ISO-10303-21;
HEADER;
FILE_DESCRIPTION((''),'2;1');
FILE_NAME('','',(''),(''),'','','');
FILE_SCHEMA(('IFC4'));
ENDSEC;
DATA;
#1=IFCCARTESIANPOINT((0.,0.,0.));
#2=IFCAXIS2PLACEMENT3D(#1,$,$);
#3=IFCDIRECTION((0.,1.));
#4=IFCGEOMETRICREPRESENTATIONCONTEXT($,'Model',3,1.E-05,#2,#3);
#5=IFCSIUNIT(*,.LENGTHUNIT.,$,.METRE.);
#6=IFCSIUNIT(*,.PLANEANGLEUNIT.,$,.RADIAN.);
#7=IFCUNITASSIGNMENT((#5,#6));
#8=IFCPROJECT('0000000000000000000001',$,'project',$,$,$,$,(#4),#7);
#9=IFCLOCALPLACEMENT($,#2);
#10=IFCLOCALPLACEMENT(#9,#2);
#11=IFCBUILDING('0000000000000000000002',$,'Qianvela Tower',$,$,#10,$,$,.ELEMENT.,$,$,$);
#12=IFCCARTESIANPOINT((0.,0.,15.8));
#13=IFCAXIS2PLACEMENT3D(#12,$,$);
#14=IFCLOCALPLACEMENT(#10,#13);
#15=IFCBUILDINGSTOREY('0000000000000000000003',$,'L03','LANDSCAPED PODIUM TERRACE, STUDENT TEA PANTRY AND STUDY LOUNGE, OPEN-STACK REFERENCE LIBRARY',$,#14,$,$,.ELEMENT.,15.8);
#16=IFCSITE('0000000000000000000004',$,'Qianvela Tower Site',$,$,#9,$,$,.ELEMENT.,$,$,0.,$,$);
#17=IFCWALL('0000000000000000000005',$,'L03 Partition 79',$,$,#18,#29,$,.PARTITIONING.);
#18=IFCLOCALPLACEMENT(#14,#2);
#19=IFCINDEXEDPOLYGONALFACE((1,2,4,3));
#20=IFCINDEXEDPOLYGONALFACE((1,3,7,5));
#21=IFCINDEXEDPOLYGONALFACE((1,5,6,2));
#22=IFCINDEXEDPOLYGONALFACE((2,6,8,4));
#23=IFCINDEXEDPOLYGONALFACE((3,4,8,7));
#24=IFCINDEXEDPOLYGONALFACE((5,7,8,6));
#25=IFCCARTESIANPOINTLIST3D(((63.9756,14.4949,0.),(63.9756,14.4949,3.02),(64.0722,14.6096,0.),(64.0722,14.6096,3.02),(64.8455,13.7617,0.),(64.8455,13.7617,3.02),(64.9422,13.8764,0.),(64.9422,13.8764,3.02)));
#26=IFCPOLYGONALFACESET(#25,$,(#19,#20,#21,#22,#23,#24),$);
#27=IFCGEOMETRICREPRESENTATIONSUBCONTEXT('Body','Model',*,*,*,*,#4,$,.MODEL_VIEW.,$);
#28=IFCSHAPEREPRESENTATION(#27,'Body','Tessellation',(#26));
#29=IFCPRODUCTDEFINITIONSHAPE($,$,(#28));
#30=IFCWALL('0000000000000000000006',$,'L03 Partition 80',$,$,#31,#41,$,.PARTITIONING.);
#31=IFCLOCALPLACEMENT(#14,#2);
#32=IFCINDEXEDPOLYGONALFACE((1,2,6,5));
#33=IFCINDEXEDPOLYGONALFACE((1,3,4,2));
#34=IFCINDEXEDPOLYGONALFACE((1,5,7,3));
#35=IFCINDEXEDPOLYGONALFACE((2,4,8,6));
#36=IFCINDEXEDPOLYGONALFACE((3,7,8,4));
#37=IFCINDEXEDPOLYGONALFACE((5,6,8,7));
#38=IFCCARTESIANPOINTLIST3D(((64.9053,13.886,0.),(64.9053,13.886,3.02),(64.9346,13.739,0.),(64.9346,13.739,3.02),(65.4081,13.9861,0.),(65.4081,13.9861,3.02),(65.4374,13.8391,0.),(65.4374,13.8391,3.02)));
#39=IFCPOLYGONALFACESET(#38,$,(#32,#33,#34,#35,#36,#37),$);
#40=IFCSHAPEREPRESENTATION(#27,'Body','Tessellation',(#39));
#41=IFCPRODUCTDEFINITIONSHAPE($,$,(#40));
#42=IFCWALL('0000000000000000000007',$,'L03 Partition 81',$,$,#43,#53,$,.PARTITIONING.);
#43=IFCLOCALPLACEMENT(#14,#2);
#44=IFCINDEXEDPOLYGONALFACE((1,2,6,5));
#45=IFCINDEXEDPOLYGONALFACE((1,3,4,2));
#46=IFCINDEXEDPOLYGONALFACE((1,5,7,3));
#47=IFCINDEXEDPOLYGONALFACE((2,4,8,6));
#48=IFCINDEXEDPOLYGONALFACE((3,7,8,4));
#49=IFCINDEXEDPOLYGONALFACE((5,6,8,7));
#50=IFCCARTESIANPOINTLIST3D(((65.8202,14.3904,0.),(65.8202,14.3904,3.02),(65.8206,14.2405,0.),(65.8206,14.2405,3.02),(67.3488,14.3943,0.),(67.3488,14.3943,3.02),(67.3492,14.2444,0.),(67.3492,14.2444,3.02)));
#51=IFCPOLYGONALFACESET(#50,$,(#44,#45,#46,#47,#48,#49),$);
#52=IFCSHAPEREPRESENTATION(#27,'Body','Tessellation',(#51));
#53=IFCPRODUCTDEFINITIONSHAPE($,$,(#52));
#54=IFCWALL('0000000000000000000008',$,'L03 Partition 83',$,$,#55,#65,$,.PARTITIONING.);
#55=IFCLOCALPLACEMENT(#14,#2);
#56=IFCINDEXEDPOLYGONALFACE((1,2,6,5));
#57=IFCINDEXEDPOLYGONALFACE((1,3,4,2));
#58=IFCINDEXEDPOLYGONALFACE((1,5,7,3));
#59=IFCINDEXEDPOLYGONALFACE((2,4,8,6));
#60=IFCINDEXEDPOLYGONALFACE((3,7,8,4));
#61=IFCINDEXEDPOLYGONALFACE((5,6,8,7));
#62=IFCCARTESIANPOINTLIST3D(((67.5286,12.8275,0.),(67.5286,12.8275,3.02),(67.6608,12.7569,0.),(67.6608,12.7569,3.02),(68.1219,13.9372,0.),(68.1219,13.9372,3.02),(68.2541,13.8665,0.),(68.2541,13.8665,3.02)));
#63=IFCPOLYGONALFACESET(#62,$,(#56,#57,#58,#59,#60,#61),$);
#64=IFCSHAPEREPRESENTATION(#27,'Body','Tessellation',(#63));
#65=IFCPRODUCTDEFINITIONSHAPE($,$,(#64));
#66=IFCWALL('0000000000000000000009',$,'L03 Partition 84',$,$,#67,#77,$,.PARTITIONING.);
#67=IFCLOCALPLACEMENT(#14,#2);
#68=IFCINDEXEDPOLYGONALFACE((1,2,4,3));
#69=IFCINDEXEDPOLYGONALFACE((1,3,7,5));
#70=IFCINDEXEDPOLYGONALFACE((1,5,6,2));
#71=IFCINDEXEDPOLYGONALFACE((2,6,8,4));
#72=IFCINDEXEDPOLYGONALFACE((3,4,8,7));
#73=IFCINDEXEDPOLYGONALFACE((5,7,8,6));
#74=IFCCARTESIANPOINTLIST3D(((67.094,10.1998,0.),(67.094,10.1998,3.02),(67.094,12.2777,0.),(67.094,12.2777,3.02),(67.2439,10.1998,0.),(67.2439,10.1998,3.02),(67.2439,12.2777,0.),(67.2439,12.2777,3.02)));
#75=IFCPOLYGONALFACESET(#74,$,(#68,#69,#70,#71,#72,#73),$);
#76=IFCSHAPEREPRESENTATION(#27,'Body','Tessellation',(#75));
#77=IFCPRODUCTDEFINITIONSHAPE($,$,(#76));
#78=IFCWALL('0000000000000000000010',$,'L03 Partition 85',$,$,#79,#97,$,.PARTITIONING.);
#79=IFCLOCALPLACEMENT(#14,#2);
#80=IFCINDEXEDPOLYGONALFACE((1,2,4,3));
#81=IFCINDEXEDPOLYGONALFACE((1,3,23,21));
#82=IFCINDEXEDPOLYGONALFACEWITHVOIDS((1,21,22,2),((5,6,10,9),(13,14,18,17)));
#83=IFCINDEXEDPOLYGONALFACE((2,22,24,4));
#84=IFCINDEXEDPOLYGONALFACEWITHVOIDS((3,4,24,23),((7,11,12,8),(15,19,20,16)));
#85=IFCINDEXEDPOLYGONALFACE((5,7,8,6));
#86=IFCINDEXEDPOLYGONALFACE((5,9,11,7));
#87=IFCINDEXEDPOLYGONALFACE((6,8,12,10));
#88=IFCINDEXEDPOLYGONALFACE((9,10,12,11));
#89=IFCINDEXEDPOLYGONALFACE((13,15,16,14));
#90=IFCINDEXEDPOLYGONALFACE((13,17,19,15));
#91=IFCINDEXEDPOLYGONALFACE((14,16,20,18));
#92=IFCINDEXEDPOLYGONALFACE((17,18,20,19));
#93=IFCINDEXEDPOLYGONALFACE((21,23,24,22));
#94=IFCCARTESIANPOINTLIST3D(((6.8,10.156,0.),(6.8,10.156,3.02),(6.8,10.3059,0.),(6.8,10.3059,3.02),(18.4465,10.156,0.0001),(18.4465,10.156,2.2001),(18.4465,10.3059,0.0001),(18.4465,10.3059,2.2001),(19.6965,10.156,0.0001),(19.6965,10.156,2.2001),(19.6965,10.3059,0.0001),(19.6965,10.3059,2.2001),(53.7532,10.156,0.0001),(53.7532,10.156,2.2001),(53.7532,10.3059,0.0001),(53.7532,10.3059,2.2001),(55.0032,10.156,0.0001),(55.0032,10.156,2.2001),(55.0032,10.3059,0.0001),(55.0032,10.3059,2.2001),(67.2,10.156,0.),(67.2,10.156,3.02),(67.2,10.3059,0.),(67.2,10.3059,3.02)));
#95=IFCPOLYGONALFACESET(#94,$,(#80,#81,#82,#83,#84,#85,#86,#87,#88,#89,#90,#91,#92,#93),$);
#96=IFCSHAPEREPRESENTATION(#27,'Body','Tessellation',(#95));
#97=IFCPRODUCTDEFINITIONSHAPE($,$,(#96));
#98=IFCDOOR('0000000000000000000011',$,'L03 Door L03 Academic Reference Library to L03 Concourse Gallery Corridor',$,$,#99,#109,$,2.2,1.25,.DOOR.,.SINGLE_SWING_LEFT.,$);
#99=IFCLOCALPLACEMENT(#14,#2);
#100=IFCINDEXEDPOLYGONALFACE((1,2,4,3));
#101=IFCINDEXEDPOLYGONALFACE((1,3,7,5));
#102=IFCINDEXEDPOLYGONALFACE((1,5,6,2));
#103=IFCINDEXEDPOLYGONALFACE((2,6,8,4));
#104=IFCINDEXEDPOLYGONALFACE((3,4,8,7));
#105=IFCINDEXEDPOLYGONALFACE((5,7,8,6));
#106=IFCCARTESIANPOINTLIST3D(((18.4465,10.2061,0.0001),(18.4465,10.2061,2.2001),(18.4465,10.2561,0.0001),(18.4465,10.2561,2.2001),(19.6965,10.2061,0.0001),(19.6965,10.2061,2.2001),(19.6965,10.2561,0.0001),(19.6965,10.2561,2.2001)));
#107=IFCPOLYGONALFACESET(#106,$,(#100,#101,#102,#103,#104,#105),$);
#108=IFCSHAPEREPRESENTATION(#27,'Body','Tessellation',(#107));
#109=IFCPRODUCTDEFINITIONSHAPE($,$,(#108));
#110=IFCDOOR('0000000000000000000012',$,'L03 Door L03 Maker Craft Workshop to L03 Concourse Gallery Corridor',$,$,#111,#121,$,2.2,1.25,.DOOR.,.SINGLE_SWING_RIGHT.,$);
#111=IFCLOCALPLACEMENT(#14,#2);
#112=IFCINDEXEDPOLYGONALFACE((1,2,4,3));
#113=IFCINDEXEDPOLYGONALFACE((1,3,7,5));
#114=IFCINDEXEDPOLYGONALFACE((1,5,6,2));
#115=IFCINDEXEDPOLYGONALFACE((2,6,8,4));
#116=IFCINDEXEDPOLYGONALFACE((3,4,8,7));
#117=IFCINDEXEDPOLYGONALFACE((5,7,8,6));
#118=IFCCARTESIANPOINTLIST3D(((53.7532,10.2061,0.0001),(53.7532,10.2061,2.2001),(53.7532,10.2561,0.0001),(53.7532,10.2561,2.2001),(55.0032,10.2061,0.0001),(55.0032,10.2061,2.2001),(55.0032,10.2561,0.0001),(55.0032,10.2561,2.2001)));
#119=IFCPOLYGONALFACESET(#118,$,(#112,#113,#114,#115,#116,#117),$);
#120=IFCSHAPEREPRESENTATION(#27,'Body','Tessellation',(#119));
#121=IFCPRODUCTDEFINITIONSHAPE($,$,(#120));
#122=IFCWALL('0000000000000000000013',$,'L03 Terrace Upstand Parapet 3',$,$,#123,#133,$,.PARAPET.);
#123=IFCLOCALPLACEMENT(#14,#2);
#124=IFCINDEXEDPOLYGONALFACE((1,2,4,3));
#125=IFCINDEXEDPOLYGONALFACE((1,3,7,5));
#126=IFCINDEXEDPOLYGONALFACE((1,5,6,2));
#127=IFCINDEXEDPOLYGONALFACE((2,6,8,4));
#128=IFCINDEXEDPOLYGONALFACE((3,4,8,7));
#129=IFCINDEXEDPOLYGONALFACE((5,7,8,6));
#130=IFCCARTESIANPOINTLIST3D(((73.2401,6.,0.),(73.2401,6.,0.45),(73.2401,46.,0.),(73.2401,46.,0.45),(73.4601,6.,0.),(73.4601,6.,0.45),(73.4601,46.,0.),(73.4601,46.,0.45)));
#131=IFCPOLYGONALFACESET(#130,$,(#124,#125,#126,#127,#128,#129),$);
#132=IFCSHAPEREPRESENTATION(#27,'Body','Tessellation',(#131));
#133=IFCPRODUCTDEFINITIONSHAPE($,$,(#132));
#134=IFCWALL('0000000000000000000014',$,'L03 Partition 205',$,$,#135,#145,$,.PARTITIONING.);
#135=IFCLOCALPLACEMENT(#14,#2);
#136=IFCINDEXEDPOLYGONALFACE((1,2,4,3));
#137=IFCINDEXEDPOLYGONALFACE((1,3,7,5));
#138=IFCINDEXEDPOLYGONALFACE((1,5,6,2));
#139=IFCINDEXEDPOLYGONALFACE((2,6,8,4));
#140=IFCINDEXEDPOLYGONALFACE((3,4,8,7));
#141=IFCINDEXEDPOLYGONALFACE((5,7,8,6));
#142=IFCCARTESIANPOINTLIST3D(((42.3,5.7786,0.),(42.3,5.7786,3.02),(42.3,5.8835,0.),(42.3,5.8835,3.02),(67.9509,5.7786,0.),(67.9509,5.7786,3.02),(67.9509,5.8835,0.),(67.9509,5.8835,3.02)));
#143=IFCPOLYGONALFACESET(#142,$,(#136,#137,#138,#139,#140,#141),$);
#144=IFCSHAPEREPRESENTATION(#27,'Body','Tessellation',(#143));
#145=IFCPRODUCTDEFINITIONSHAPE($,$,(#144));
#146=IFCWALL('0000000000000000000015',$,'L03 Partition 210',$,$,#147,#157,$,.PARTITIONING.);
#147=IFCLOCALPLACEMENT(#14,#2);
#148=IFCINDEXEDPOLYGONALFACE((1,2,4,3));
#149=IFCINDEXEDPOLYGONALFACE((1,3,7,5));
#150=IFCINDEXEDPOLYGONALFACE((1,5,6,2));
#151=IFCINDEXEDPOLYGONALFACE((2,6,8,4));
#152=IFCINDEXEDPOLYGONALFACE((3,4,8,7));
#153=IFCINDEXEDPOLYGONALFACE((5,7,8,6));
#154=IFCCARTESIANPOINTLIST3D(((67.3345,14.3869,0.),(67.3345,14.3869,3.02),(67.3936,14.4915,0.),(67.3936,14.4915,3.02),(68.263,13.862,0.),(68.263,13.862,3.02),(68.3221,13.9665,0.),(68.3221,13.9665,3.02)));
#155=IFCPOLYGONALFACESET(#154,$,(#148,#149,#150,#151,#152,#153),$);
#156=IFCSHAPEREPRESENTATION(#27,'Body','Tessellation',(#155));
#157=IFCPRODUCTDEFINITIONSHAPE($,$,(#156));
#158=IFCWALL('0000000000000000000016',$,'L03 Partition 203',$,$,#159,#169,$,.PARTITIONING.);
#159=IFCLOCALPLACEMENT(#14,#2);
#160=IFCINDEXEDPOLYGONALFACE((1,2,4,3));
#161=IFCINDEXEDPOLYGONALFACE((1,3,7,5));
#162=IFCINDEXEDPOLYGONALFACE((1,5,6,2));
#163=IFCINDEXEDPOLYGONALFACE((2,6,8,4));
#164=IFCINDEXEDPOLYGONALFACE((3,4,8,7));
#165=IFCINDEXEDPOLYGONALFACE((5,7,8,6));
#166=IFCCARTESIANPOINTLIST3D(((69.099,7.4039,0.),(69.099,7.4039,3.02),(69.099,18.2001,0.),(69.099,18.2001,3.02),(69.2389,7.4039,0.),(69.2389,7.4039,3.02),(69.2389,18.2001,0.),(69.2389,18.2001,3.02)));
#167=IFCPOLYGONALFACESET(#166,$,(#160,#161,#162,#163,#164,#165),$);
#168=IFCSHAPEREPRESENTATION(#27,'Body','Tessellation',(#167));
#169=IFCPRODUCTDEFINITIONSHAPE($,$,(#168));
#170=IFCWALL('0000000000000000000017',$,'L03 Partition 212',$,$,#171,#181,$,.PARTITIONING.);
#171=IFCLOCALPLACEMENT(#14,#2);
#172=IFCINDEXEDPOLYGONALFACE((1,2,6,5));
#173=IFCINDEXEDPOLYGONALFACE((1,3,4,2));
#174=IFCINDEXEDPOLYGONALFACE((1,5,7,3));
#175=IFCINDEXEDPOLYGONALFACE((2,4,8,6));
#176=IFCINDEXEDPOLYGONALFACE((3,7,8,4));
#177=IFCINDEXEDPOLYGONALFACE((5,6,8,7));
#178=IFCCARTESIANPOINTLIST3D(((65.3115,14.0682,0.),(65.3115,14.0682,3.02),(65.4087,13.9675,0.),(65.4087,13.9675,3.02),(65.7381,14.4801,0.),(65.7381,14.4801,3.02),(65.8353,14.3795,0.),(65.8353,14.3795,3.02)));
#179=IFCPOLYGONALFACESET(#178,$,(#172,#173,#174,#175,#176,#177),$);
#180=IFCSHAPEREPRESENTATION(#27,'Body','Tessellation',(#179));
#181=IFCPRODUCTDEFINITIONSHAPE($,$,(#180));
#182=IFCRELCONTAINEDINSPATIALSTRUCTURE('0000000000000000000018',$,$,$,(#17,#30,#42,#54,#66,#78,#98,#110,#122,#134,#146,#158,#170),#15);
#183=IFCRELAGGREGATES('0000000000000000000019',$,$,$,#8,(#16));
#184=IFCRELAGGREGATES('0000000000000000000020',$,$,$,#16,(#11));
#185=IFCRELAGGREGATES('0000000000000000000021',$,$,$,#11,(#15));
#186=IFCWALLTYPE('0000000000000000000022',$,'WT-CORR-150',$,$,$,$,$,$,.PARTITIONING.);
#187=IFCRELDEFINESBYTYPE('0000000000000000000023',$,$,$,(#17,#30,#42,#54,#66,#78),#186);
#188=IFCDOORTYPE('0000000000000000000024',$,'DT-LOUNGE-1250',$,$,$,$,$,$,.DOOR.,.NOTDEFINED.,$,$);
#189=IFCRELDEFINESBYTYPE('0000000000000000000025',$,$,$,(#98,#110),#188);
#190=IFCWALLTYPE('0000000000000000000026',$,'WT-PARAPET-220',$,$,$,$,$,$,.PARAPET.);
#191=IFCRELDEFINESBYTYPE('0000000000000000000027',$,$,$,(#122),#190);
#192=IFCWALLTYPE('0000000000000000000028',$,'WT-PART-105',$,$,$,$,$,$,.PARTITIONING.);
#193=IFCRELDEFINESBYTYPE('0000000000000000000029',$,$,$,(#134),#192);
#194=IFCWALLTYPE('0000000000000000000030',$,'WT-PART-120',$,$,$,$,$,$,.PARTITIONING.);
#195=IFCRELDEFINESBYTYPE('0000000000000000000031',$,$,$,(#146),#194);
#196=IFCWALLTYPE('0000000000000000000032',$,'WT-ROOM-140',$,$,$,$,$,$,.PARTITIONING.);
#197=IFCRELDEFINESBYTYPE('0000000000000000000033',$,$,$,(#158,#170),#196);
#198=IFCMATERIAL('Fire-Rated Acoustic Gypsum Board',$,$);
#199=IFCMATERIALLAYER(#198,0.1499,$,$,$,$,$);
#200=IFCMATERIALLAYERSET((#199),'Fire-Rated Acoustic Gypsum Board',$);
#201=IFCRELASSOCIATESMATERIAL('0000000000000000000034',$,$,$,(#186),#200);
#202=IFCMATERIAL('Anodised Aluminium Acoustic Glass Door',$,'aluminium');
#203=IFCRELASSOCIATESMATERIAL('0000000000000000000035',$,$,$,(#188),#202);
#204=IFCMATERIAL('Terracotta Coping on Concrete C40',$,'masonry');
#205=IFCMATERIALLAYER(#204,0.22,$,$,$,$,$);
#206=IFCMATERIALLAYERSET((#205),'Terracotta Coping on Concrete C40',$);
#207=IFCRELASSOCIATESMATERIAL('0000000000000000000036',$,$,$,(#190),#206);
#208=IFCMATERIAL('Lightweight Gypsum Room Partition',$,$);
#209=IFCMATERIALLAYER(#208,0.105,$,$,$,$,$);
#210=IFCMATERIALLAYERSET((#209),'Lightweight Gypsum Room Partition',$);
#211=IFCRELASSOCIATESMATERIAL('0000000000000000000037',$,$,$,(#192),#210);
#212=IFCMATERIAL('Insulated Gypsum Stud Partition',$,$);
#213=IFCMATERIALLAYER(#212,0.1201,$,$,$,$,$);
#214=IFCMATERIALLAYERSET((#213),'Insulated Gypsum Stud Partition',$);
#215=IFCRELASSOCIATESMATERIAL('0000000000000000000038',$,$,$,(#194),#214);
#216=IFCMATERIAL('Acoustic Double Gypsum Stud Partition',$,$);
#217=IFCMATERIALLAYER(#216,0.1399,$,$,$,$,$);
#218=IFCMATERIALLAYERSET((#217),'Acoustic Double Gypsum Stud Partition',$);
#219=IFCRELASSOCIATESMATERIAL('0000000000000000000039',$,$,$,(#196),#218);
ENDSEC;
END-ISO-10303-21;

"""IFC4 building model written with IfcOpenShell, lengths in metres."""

from ifc_helpers import new_model, si_unit, direction, frame, frame_2d, origin, place, context, subcontext, project, spatial, rectangle, extrude, material, layer, layer_set, type_object, element, fill, save


model = new_model("IFC4")

# Units and contexts
model_context = context("Model", 3, precision=1e-05, world=origin(), true_north=direction((0.0, 1.0)))
body_context = subcontext(model_context, "Body", "Model", "MODEL_VIEW")
ifc_project = project(units=[si_unit("LENGTHUNIT", "METRE"), si_unit("PLANEANGLEUNIT", "RADIAN")], contexts=[model_context])

# Site, building, storey
site_placement = place(None, origin())
site = spatial("IfcSite", under=ifc_project, at=site_placement, Name="Qianvela Tower Site", CompositionType="ELEMENT", RefElevation=0.0)
building_placement = place(site_placement, origin())
building = spatial("IfcBuilding", under=site, at=building_placement, Name="Qianvela Tower", CompositionType="ELEMENT")
storey_placement = place(building_placement, frame((0.0, 0.0, 15.8)))
storey = spatial("IfcBuildingStorey", under=building, at=storey_placement, Name="L03", Description="LANDSCAPED PODIUM TERRACE, STUDENT TEA PANTRY AND STUDY LOUNGE, OPEN-STACK REFERENCE LIBRARY", CompositionType="ELEMENT", Elevation=15.8)

# Walls
ifc_material_1 = material(Name="Fire-Rated Acoustic Gypsum Board")
ifc_layer_1 = layer(ifc_material_1, 0.1499)
ifc_layer_set_1 = layer_set([ifc_layer_1], Name="Fire-Rated Acoustic Gypsum Board")
wall_type_1 = type_object("IfcWallType", Name="WT-CORR-150", PredefinedType="PARTITIONING", material=ifc_layer_set_1)
wall_1_placement = place(storey_placement, frame((64.0239, 14.5522, 0.0), z_axis=(0.0, 0.0, 1.0), x_axis=(0.764638, -0.64446, 0.0)))
element("IfcWall", 1, at=wall_1_placement, inside=storey, type_object=wall_type_1, Name="L03 Partition 79", PredefinedType="PARTITIONING", context=body_context, shape_type="SweptSolid", body=[
    extrude(rectangle(XDim=1.1377, YDim=0.1499, at=frame_2d((0.5688, 0.0))), origin(), (0.0, 0.0, 1.0), 3.02),
])
wall_2_placement = place(storey_placement, frame((64.9199, 13.8125, 0.0), z_axis=(0.0, 0.0, 1.0), x_axis=(0.980763, 0.1952, 0.0)))
element("IfcWall", 2, at=wall_2_placement, inside=storey, type_object=wall_type_1, Name="L03 Partition 80", PredefinedType="PARTITIONING", context=body_context, shape_type="SweptSolid", body=[
    extrude(rectangle(XDim=0.5127, YDim=0.1499, at=frame_2d((0.2563, 0.0))), origin(), (0.0, 0.0, 1.0), 3.02),
])
wall_3_placement = place(storey_placement, frame((65.8206, 14.3154, 0.0), z_axis=(0.0, 0.0, 1.0), x_axis=(0.999997, 0.002555, 0.0)))
element("IfcWall", 3, at=wall_3_placement, inside=storey, type_object=wall_type_1, Name="L03 Partition 81", PredefinedType="PARTITIONING", context=body_context, shape_type="SweptSolid", body=[
    extrude(rectangle(XDim=1.5286, YDim=0.1499, at=frame_2d((0.7642, 0.0))), origin(), (0.0, 0.0, 1.0), 3.02),
])
wall_4_placement = place(storey_placement, frame((68.188, 13.9019, 0.0), z_axis=(0.0, 0.0, 1.0), x_axis=(-0.471494, -0.881869, 0.0)))
element("IfcWall", 4, at=wall_4_placement, inside=storey, type_object=wall_type_1, Name="L03 Partition 83", PredefinedType="PARTITIONING", context=body_context, shape_type="SweptSolid", body=[
    extrude(rectangle(XDim=1.2583, YDim=0.1499, at=frame_2d((0.6292, 0.0))), origin(), (0.0, 0.0, 1.0), 3.02),
])
wall_5_placement = place(storey_placement, frame((67.1689, 12.2778, 0.0), z_axis=(0.0, 0.0, 1.0), x_axis=(0.0, -1.0, 0.0)))
element("IfcWall", 5, at=wall_5_placement, inside=storey, type_object=wall_type_1, Name="L03 Partition 84", PredefinedType="PARTITIONING", context=body_context, shape_type="SweptSolid", body=[
    extrude(rectangle(XDim=2.0779, YDim=0.1499, at=frame_2d((1.0391, 0.0))), origin(), (0.0, 0.0, 1.0), 3.02),
])

# Wall, openings, doors
wall_6_placement = place(storey_placement, frame((67.2, 10.231, 0.0), z_axis=(0.0, 0.0, 1.0), x_axis=(-1.0, 0.0, 0.0)))
wall_6 = element("IfcWall", 6, at=wall_6_placement, inside=storey, type_object=wall_type_1, Name="L03 Partition 85", PredefinedType="PARTITIONING", context=body_context, shape_type="SweptSolid", body=[
    extrude(rectangle(XDim=60.3999, YDim=0.1499, at=frame_2d((30.2, 0.0))), origin(), (0.0, 0.0, 1.0), 3.02),
])
opening_1_placement = place(wall_6_placement, frame((47.5034, 0.0, 0.0)))
opening_1 = element("IfcOpeningElement", 7, at=opening_1_placement, cuts=wall_6, PredefinedType="OPENING", context=body_context, shape_type="SweptSolid", body=[
    extrude(rectangle(XDim=1.25, YDim=2.2, at=frame_2d((0.625, 1.1001))), frame((0.0, 0.085, 0.0), z_axis=(0.0, -1.0, 0.0), x_axis=(1.0, 0.0, 0.0)), (0.0, 0.0, 1.0), 0.1699),
])
opening_2_placement = place(wall_6_placement, frame((12.1968, 0.0, 0.0)))
opening_2 = element("IfcOpeningElement", 8, at=opening_2_placement, cuts=wall_6, PredefinedType="OPENING", context=body_context, shape_type="SweptSolid", body=[
    extrude(rectangle(XDim=1.25, YDim=2.2, at=frame_2d((0.625, 1.1001))), frame((0.0, 0.085, 0.0), z_axis=(0.0, -1.0, 0.0), x_axis=(1.0, 0.0, 0.0)), (0.0, 0.0, 1.0), 0.1699),
])
ifc_material_2 = material(Name="Anodised Aluminium Acoustic Glass Door", Category="aluminium")
door_type_1 = type_object("IfcDoorType", Name="DT-LOUNGE-1250", OperationType="NOTDEFINED", PredefinedType="DOOR", material=ifc_material_2)
door_1_placement = place(opening_1_placement, origin())
door_1 = element("IfcDoor", 9, at=door_1_placement, inside=storey, type_object=door_type_1, Name="L03 Door L03 Academic Reference Library to L03 Concourse Gallery Corridor", OperationType="SINGLE_SWING_LEFT", OverallHeight=2.2, OverallWidth=1.25, PredefinedType="DOOR", context=body_context, shape_type="SweptSolid", body=[
    extrude(rectangle(XDim=1.25, YDim=2.2, at=frame_2d((0.625, 1.1001))), frame((0.0, 0.0249, 0.0), z_axis=(0.0, -1.0, 0.0), x_axis=(1.0, 0.0, 0.0)), (0.0, 0.0, 1.0), 0.05),
])
fill(opening_1, door_1)
door_2_placement = place(opening_2_placement, origin())
door_2 = element("IfcDoor", 10, at=door_2_placement, inside=storey, type_object=door_type_1, Name="L03 Door L03 Maker Craft Workshop to L03 Concourse Gallery Corridor", OperationType="SINGLE_SWING_RIGHT", OverallHeight=2.2, OverallWidth=1.25, PredefinedType="DOOR", context=body_context, shape_type="SweptSolid", body=[
    extrude(rectangle(XDim=1.25, YDim=2.2, at=frame_2d((0.625, 1.1001))), frame((0.0, 0.0249, 0.0), z_axis=(0.0, -1.0, 0.0), x_axis=(1.0, 0.0, 0.0)), (0.0, 0.0, 1.0), 0.05),
])
fill(opening_2, door_2)

# Walls
ifc_material_3 = material(Name="Terracotta Coping on Concrete C40", Category="masonry")
ifc_layer_2 = layer(ifc_material_3, 0.22)
ifc_layer_set_2 = layer_set([ifc_layer_2], Name="Terracotta Coping on Concrete C40")
wall_type_2 = type_object("IfcWallType", Name="WT-PARAPET-220", PredefinedType="PARAPET", material=ifc_layer_set_2)
wall_7_placement = place(storey_placement, frame((73.3501, 6.0, 0.0), z_axis=(0.0, 0.0, 1.0), x_axis=(0.0, 1.0, 0.0)))
element("IfcWall", 11, at=wall_7_placement, inside=storey, type_object=wall_type_2, Name="L03 Terrace Upstand Parapet 3", PredefinedType="PARAPET", context=body_context, shape_type="SweptSolid", body=[
    extrude(rectangle(XDim=40.0, YDim=0.22, at=frame_2d((20.0, 0.0))), origin(), (0.0, 0.0, 1.0), 0.45),
])
ifc_material_4 = material(Name="Lightweight Gypsum Room Partition")
ifc_layer_3 = layer(ifc_material_4, 0.105)
ifc_layer_set_3 = layer_set([ifc_layer_3], Name="Lightweight Gypsum Room Partition")
wall_type_3 = type_object("IfcWallType", Name="WT-PART-105", PredefinedType="PARTITIONING", material=ifc_layer_set_3)
wall_8_placement = place(storey_placement, frame((67.9509, 5.8311, 0.0), z_axis=(0.0, 0.0, 1.0), x_axis=(-1.0, 0.0, 0.0)))
element("IfcWall", 12, at=wall_8_placement, inside=storey, type_object=wall_type_3, Name="L03 Partition 205", PredefinedType="PARTITIONING", context=body_context, shape_type="SweptSolid", body=[
    extrude(rectangle(XDim=25.6509, YDim=0.105, at=frame_2d((12.8254, 0.0))), origin(), (0.0, 0.0, 1.0), 3.02),
])
ifc_material_5 = material(Name="Insulated Gypsum Stud Partition")
ifc_layer_4 = layer(ifc_material_5, 0.1201)
ifc_layer_set_4 = layer_set([ifc_layer_4], Name="Insulated Gypsum Stud Partition")
wall_type_4 = type_object("IfcWallType", Name="WT-PART-120", PredefinedType="PARTITIONING", material=ifc_layer_set_4)
wall_9_placement = place(storey_placement, frame((68.2925, 13.9143, 0.0), z_axis=(0.0, 0.0, 1.0), x_axis=(-0.870516, 0.49214, 0.0)))
element("IfcWall", 13, at=wall_9_placement, inside=storey, type_object=wall_type_4, Name="L03 Partition 210", PredefinedType="PARTITIONING", context=body_context, shape_type="SweptSolid", body=[
    extrude(rectangle(XDim=1.0667, YDim=0.1201, at=frame_2d((0.5332, 0.0))), origin(), (0.0, 0.0, 1.0), 3.02),
])
ifc_material_6 = material(Name="Acoustic Double Gypsum Stud Partition")
ifc_layer_5 = layer(ifc_material_6, 0.1399)
ifc_layer_set_5 = layer_set([ifc_layer_5], Name="Acoustic Double Gypsum Stud Partition")
wall_type_5 = type_object("IfcWallType", Name="WT-ROOM-140", PredefinedType="PARTITIONING", material=ifc_layer_set_5)
wall_10_placement = place(storey_placement, frame((69.1689, 18.2, 0.0), z_axis=(0.0, 0.0, 1.0), x_axis=(0.0, -1.0, 0.0)))
element("IfcWall", 14, at=wall_10_placement, inside=storey, type_object=wall_type_5, Name="L03 Partition 203", PredefinedType="PARTITIONING", context=body_context, shape_type="SweptSolid", body=[
    extrude(rectangle(XDim=10.7961, YDim=0.1399, at=frame_2d((5.3979, 0.0))), origin(), (0.0, 0.0, 1.0), 3.02),
])
wall_11_placement = place(storey_placement, frame((65.7866, 14.4297, 0.0), z_axis=(0.0, 0.0, 1.0), x_axis=(-0.719352, -0.694646, 0.0)))
element("IfcWall", 15, at=wall_11_placement, inside=storey, type_object=wall_type_5, Name="L03 Partition 212", PredefinedType="PARTITIONING", context=body_context, shape_type="SweptSolid", body=[
    extrude(rectangle(XDim=0.593, YDim=0.1399, at=frame_2d((0.2964, 0.0))), origin(), (0.0, 0.0, 1.0), 3.02),
])

save(model, "model.ifc")
